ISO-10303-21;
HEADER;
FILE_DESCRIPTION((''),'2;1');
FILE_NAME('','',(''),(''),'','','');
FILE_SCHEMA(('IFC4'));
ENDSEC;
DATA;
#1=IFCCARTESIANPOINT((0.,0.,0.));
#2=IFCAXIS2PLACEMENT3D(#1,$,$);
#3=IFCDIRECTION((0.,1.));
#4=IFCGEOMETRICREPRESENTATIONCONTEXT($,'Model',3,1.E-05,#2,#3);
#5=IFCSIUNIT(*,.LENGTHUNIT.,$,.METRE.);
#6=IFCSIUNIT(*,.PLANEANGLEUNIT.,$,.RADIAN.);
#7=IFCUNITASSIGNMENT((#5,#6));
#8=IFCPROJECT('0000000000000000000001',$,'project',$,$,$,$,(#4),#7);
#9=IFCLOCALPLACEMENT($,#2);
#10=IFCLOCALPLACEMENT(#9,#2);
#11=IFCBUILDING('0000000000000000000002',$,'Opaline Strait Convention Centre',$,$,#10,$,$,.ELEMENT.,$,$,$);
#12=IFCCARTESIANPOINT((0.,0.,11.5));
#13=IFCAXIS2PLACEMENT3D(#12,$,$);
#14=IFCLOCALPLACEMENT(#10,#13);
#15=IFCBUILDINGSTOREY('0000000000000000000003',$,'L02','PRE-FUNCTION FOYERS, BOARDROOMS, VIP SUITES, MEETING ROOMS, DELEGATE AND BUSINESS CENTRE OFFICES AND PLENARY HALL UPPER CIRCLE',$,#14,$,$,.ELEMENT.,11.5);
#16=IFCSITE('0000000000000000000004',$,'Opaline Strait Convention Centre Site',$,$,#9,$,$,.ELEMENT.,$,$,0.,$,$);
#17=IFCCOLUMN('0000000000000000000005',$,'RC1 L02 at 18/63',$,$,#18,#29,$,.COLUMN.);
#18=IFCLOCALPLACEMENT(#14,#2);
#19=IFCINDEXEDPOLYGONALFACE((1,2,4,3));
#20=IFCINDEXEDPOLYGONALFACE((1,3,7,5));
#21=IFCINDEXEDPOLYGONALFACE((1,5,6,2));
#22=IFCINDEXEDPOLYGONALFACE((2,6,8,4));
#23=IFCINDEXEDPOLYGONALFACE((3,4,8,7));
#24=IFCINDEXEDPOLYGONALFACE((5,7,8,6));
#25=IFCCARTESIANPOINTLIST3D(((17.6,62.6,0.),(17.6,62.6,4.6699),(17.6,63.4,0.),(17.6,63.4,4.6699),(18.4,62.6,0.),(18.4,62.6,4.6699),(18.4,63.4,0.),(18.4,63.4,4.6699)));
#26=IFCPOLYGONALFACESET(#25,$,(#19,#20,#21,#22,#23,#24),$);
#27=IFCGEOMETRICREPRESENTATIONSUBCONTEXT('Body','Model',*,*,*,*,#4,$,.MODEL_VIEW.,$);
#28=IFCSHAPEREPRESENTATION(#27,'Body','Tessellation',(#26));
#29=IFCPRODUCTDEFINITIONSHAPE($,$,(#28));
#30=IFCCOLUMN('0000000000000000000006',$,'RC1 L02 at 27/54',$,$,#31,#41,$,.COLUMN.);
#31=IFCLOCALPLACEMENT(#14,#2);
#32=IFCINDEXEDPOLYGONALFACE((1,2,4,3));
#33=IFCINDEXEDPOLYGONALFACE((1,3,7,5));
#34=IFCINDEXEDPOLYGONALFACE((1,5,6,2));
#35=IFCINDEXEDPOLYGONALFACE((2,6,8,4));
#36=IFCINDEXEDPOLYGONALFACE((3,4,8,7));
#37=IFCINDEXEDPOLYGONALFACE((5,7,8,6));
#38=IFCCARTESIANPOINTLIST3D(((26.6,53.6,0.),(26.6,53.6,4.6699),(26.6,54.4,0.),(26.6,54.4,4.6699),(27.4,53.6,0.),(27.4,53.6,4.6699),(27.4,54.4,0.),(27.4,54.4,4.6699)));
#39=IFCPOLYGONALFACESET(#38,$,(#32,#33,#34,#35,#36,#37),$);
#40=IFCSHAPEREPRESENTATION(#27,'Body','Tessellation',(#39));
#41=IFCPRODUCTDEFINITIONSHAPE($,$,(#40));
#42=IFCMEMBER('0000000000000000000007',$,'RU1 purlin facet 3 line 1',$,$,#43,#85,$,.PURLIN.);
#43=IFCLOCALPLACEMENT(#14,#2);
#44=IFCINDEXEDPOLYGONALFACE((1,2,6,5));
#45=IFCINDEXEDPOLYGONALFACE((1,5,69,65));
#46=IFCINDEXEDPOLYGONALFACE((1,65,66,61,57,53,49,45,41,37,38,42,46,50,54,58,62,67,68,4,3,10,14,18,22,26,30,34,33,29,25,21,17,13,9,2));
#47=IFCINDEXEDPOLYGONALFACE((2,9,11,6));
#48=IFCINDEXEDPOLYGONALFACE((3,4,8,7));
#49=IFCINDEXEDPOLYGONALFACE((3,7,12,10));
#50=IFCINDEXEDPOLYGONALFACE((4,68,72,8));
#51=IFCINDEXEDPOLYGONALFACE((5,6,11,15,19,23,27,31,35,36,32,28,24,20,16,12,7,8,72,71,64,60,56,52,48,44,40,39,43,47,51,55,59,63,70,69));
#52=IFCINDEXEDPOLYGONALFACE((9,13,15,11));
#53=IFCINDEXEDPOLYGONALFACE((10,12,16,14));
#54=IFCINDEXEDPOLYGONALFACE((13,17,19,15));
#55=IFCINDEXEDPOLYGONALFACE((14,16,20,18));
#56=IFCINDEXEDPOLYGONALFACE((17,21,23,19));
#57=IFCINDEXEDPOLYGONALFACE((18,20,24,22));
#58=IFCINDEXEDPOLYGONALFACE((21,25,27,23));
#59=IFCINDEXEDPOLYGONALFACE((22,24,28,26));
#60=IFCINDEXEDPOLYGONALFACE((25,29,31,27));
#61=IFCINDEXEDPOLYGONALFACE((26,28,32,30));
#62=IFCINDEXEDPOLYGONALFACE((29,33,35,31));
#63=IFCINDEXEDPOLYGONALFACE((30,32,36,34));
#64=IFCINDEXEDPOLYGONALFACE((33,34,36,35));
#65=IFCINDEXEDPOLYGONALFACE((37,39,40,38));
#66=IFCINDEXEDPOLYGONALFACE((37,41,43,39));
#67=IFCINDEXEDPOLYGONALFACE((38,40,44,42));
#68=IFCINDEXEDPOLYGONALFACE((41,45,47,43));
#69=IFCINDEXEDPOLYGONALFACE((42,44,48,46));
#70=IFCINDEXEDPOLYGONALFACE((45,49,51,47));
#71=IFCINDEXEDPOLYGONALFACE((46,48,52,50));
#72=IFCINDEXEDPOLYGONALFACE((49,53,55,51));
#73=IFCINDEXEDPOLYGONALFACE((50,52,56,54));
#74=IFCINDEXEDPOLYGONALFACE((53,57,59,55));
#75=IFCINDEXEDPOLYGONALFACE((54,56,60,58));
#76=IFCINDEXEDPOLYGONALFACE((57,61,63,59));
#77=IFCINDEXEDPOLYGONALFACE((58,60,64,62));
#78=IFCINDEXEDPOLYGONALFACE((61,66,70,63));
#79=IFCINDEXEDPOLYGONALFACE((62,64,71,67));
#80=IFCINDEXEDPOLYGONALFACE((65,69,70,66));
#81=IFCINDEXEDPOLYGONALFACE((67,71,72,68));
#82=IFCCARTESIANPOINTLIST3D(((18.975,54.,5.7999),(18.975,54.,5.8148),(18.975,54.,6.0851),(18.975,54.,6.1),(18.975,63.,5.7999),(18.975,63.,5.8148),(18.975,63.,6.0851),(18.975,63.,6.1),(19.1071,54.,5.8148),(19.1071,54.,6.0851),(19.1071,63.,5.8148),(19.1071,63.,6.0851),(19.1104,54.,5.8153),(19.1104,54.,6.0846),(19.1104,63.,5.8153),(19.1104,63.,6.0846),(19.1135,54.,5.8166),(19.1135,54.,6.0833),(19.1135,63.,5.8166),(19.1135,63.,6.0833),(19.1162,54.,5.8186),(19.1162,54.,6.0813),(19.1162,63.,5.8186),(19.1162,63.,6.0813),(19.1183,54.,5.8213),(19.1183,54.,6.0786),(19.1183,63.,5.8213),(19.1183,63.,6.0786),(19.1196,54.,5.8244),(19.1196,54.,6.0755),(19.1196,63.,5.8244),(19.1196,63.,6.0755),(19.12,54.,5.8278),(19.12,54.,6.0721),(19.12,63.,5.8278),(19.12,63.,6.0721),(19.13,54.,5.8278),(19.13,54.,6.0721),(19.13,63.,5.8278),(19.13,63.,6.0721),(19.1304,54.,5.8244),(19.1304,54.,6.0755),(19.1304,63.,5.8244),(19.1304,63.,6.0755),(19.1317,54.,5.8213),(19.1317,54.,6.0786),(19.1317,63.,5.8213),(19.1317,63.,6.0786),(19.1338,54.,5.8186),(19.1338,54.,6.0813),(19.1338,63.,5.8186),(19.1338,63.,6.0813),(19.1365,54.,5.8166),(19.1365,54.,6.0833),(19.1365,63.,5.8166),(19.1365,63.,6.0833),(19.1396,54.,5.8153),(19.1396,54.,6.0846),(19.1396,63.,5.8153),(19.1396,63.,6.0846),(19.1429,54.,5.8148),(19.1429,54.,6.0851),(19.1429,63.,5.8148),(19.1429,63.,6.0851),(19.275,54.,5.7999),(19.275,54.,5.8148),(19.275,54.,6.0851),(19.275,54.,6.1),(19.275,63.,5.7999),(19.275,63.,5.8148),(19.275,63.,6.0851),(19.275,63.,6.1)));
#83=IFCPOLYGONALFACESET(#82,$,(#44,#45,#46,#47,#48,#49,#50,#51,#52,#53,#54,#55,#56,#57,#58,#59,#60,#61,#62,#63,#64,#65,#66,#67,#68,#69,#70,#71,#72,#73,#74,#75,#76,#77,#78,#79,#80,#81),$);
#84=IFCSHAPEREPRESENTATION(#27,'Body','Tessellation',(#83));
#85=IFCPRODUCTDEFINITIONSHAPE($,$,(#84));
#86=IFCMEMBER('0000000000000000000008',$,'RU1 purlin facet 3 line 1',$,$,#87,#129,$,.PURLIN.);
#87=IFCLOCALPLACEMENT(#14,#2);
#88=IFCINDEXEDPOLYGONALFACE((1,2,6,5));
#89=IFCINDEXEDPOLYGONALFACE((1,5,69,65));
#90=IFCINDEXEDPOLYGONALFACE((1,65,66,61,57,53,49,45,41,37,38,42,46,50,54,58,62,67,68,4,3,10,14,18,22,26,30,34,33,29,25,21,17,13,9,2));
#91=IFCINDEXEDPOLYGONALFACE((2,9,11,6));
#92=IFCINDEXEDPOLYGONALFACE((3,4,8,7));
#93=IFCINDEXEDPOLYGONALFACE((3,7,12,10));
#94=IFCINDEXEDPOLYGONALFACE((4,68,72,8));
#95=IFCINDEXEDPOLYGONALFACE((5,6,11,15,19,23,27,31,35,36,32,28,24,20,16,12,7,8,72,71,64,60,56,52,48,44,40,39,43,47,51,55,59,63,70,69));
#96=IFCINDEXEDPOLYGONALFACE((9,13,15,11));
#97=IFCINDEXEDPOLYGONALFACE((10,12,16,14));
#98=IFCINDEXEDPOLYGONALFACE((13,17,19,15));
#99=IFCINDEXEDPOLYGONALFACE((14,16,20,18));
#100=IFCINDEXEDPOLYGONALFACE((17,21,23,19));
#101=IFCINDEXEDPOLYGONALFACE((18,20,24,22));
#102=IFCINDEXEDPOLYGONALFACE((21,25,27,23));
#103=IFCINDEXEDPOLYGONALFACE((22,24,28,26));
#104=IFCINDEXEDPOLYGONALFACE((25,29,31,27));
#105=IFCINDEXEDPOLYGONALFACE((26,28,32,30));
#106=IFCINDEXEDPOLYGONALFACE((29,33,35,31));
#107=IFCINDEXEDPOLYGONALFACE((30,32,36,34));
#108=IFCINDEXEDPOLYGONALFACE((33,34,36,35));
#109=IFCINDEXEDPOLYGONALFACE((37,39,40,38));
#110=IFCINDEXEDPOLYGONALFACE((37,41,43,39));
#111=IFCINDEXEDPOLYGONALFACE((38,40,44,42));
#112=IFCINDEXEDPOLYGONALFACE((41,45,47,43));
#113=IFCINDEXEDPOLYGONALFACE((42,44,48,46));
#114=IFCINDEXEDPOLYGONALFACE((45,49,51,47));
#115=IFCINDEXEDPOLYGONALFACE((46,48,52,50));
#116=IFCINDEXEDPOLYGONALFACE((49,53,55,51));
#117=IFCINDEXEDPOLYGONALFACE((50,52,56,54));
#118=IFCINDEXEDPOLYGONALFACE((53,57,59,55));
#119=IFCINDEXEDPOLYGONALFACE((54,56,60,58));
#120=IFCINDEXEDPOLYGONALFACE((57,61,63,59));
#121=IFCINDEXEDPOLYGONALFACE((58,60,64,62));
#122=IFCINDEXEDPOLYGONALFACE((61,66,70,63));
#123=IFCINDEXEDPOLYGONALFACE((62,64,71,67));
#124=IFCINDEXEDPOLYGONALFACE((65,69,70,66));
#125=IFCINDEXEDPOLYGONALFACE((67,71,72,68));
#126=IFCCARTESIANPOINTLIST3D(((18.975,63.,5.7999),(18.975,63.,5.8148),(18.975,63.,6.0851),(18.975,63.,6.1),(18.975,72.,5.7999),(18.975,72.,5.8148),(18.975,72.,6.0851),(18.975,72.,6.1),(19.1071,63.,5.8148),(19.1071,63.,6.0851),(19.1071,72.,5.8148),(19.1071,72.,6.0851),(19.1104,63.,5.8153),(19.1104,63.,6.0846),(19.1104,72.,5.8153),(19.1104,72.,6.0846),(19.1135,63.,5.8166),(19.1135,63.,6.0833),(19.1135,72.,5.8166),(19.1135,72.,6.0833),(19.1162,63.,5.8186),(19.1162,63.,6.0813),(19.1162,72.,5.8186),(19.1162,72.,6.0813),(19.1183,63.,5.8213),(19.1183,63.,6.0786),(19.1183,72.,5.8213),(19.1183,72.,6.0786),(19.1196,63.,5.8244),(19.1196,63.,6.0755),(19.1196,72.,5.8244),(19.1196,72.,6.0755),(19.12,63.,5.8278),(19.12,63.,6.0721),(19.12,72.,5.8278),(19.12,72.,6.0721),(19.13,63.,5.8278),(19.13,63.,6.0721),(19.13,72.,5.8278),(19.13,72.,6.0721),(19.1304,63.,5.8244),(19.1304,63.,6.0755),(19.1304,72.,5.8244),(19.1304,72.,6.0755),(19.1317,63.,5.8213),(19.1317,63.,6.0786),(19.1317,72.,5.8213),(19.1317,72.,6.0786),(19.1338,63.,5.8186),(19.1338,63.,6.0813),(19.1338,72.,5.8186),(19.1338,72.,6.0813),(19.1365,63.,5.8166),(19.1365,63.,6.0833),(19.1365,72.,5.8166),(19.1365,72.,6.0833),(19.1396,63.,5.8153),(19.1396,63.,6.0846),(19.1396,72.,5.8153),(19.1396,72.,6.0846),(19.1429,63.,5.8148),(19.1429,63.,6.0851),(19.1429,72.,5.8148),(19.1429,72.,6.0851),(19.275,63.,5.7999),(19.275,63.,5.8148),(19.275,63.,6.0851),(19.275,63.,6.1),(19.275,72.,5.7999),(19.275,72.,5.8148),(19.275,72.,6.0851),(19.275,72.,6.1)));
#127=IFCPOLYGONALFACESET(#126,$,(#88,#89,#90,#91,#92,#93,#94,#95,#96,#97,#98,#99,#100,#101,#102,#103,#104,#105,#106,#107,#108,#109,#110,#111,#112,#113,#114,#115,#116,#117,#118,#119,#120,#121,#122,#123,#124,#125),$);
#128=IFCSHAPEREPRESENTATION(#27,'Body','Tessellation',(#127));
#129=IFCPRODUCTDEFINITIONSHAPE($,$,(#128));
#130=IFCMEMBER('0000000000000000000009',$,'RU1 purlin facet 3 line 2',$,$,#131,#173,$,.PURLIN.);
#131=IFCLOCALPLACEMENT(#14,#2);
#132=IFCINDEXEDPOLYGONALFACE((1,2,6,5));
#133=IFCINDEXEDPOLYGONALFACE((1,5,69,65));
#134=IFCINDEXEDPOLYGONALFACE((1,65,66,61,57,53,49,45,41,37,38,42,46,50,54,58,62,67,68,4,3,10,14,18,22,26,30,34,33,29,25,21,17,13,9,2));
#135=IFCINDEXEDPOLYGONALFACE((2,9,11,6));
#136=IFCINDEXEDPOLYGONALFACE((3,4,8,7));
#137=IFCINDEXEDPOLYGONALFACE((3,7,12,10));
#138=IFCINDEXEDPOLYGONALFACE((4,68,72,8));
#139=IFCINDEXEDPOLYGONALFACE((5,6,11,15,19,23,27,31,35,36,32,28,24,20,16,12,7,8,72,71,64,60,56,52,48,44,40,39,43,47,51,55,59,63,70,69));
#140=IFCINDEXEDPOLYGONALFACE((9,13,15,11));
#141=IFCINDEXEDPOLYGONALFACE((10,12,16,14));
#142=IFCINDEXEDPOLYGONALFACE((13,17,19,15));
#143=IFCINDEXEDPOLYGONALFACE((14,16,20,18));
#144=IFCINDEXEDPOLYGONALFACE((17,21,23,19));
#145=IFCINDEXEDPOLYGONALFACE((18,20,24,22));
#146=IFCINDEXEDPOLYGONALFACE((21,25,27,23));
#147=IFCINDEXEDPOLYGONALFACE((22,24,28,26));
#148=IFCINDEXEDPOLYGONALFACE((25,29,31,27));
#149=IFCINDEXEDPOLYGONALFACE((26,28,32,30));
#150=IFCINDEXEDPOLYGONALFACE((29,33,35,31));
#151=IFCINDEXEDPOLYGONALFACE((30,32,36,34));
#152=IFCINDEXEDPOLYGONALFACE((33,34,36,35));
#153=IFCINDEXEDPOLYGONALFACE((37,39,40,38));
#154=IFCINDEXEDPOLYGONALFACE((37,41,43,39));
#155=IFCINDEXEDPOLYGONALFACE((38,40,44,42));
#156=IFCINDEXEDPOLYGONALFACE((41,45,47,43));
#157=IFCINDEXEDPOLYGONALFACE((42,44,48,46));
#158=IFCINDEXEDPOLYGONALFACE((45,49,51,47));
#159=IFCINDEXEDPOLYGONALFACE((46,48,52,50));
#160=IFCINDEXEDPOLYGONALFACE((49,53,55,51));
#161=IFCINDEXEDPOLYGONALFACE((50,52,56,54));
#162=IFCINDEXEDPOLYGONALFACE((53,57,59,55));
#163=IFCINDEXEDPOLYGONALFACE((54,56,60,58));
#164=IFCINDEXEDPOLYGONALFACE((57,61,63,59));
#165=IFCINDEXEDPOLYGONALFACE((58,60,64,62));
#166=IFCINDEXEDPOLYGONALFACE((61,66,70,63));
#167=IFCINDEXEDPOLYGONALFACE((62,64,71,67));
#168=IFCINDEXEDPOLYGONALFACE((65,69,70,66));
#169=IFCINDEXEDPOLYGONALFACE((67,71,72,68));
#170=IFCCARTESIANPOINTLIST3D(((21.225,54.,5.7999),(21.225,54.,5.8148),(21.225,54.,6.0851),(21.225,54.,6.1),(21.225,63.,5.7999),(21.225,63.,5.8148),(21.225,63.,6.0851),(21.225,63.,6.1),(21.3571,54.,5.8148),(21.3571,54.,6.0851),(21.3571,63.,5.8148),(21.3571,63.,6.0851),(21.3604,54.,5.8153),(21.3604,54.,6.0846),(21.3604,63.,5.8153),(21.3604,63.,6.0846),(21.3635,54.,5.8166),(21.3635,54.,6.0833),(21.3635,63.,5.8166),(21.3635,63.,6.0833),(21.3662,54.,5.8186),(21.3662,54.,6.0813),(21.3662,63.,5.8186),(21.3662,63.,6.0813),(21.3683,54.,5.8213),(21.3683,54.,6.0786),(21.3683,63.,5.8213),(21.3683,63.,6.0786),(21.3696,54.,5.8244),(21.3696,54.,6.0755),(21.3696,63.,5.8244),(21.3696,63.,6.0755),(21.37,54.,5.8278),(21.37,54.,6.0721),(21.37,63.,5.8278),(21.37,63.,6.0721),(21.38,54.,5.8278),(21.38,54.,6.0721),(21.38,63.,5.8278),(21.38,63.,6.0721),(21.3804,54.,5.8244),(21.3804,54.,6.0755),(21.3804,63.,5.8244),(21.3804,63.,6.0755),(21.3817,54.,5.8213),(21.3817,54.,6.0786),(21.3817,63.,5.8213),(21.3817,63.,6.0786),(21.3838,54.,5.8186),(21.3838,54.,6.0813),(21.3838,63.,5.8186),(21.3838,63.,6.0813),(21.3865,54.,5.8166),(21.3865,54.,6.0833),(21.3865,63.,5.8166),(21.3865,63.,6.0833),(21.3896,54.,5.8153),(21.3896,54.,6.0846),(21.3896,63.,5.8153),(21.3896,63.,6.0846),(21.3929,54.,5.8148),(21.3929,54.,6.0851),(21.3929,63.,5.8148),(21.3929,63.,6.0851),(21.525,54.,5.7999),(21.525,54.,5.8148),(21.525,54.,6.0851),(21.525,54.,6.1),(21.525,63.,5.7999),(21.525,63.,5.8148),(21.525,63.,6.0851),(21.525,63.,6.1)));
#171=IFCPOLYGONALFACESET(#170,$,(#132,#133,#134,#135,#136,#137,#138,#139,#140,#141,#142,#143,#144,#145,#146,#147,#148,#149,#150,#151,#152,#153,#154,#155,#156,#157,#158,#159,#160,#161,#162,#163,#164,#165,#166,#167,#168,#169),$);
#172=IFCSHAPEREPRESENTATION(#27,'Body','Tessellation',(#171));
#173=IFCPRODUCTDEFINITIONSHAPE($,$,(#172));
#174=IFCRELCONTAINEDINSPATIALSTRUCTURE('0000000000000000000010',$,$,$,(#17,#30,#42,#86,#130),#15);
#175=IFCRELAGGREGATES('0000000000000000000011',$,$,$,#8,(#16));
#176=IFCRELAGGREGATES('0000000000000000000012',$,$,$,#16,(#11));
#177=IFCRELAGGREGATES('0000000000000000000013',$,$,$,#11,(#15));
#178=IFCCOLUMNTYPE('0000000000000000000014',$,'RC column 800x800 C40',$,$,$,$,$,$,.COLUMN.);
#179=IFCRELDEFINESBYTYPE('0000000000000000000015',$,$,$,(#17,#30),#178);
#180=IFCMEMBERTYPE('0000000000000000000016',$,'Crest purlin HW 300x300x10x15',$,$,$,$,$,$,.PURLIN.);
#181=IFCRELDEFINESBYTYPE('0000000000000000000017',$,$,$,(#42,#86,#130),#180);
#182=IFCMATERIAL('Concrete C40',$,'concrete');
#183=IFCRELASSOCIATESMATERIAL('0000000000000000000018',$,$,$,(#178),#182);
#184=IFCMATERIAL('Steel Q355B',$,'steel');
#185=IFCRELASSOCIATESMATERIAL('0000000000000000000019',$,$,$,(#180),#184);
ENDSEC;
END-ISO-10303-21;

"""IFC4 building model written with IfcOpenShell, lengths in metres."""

from ifc_helpers import new_model, si_unit, direction, frame, origin, origin_2d, place, context, subcontext, project, spatial, rectangle, i_section, extrude, material, material_profile, profile_set, type_object, element, save


model = new_model("IFC4")

# Units and contexts
model_context = context("Model", 3, precision=1e-05, world=origin(), true_north=direction((0.0, 1.0)))
body_context = subcontext(model_context, "Body", "Model", "MODEL_VIEW")
ifc_project = project(units=[si_unit("LENGTHUNIT", "METRE"), si_unit("PLANEANGLEUNIT", "RADIAN")], contexts=[model_context])

# Site, building, storey
site_placement = place(None, origin())
site = spatial("IfcSite", under=ifc_project, at=site_placement, Name="Opaline Strait Convention Centre Site", CompositionType="ELEMENT", RefElevation=0.0)
building_placement = place(site_placement, origin())
building = spatial("IfcBuilding", under=site, at=building_placement, Name="Opaline Strait Convention Centre", CompositionType="ELEMENT")
storey_placement = place(building_placement, frame((0.0, 0.0, 11.5)))
storey = spatial("IfcBuildingStorey", under=building, at=storey_placement, Name="L02", Description="PRE-FUNCTION FOYERS, BOARDROOMS, VIP SUITES, MEETING ROOMS, DELEGATE AND BUSINESS CENTRE OFFICES AND PLENARY HALL UPPER CIRCLE", CompositionType="ELEMENT", Elevation=11.5)

# Columns
ifc_material_1 = material(Name="Concrete C40", Category="concrete")
ifc_material_profile_1 = material_profile(ifc_material_1, rectangle(XDim=0.8, YDim=0.8, at=origin_2d()), Name="RC 800x800")
ifc_profile_set_1 = profile_set([ifc_material_profile_1], Name="Concrete C40")
column_type = type_object("IfcColumnType", Name="RC column 800x800 C40", PredefinedType="COLUMN", material=ifc_profile_set_1)
for number, where, z_axis, x_axis, name in (
    (1, (18.0, 63.0, 0.0), (0.0, 0.0, 1.0), (1.0, 0.0, 0.0), "RC1 L02 at 18/63"),
    (2, (27.0, 54.0, 0.0), (0.0, 0.0, 1.0), (1.0, 0.0, 0.0), "RC1 L02 at 27/54"),
):
    element("IfcColumn", number, at=place(storey_placement, frame(where, z_axis=z_axis, x_axis=x_axis)), inside=storey, type_object=column_type, Name=name, PredefinedType="COLUMN", context=body_context, shape_type="SweptSolid", body=[
        extrude(rectangle(XDim=0.8, YDim=0.8, at=origin_2d()), origin(), (0.0, 0.0, 1.0), 4.6699),
    ])

# Members
ifc_material_2 = material(Name="Steel Q355B", Category="steel")
ifc_material_profile_2 = material_profile(ifc_material_2, i_section(OverallWidth=0.3, OverallDepth=0.3, WebThickness=0.01, FlangeThickness=0.0149, FilletRadius=0.0129, at=origin_2d()), Name="HW 300x300x10x15")
ifc_profile_set_2 = profile_set([ifc_material_profile_2], Name="Steel Q355B")
member_type_1 = type_object("IfcMemberType", Name="Crest purlin HW 300x300x10x15", PredefinedType="PURLIN", material=ifc_profile_set_2)
for number, where, z_axis, x_axis, name in (
    (3, (19.125, 54.0, 5.95), (0.0, 1.0, 0.0), (-1.0, 0.0, 0.0), "RU1 purlin facet 3 line 1"),
    (4, (19.125, 63.0, 5.95), (0.0, 1.0, 0.0), (-1.0, 0.0, 0.0), "RU1 purlin facet 3 line 1"),
    (5, (21.375, 54.0, 5.95), (0.0, 1.0, 0.0), (-1.0, 0.0, 0.0), "RU1 purlin facet 3 line 2"),
):
    element("IfcMember", number, at=place(storey_placement, frame(where, z_axis=z_axis, x_axis=x_axis)), inside=storey, type_object=member_type_1, Name=name, PredefinedType="PURLIN", context=body_context, shape_type="SweptSolid", body=[
        extrude(i_section(OverallWidth=0.3, OverallDepth=0.3, WebThickness=0.01, FlangeThickness=0.0149, FilletRadius=0.0129, at=origin_2d()), origin(), (0.0, 0.0, 1.0), 9.0),
    ])

save(model, "model.ifc")
